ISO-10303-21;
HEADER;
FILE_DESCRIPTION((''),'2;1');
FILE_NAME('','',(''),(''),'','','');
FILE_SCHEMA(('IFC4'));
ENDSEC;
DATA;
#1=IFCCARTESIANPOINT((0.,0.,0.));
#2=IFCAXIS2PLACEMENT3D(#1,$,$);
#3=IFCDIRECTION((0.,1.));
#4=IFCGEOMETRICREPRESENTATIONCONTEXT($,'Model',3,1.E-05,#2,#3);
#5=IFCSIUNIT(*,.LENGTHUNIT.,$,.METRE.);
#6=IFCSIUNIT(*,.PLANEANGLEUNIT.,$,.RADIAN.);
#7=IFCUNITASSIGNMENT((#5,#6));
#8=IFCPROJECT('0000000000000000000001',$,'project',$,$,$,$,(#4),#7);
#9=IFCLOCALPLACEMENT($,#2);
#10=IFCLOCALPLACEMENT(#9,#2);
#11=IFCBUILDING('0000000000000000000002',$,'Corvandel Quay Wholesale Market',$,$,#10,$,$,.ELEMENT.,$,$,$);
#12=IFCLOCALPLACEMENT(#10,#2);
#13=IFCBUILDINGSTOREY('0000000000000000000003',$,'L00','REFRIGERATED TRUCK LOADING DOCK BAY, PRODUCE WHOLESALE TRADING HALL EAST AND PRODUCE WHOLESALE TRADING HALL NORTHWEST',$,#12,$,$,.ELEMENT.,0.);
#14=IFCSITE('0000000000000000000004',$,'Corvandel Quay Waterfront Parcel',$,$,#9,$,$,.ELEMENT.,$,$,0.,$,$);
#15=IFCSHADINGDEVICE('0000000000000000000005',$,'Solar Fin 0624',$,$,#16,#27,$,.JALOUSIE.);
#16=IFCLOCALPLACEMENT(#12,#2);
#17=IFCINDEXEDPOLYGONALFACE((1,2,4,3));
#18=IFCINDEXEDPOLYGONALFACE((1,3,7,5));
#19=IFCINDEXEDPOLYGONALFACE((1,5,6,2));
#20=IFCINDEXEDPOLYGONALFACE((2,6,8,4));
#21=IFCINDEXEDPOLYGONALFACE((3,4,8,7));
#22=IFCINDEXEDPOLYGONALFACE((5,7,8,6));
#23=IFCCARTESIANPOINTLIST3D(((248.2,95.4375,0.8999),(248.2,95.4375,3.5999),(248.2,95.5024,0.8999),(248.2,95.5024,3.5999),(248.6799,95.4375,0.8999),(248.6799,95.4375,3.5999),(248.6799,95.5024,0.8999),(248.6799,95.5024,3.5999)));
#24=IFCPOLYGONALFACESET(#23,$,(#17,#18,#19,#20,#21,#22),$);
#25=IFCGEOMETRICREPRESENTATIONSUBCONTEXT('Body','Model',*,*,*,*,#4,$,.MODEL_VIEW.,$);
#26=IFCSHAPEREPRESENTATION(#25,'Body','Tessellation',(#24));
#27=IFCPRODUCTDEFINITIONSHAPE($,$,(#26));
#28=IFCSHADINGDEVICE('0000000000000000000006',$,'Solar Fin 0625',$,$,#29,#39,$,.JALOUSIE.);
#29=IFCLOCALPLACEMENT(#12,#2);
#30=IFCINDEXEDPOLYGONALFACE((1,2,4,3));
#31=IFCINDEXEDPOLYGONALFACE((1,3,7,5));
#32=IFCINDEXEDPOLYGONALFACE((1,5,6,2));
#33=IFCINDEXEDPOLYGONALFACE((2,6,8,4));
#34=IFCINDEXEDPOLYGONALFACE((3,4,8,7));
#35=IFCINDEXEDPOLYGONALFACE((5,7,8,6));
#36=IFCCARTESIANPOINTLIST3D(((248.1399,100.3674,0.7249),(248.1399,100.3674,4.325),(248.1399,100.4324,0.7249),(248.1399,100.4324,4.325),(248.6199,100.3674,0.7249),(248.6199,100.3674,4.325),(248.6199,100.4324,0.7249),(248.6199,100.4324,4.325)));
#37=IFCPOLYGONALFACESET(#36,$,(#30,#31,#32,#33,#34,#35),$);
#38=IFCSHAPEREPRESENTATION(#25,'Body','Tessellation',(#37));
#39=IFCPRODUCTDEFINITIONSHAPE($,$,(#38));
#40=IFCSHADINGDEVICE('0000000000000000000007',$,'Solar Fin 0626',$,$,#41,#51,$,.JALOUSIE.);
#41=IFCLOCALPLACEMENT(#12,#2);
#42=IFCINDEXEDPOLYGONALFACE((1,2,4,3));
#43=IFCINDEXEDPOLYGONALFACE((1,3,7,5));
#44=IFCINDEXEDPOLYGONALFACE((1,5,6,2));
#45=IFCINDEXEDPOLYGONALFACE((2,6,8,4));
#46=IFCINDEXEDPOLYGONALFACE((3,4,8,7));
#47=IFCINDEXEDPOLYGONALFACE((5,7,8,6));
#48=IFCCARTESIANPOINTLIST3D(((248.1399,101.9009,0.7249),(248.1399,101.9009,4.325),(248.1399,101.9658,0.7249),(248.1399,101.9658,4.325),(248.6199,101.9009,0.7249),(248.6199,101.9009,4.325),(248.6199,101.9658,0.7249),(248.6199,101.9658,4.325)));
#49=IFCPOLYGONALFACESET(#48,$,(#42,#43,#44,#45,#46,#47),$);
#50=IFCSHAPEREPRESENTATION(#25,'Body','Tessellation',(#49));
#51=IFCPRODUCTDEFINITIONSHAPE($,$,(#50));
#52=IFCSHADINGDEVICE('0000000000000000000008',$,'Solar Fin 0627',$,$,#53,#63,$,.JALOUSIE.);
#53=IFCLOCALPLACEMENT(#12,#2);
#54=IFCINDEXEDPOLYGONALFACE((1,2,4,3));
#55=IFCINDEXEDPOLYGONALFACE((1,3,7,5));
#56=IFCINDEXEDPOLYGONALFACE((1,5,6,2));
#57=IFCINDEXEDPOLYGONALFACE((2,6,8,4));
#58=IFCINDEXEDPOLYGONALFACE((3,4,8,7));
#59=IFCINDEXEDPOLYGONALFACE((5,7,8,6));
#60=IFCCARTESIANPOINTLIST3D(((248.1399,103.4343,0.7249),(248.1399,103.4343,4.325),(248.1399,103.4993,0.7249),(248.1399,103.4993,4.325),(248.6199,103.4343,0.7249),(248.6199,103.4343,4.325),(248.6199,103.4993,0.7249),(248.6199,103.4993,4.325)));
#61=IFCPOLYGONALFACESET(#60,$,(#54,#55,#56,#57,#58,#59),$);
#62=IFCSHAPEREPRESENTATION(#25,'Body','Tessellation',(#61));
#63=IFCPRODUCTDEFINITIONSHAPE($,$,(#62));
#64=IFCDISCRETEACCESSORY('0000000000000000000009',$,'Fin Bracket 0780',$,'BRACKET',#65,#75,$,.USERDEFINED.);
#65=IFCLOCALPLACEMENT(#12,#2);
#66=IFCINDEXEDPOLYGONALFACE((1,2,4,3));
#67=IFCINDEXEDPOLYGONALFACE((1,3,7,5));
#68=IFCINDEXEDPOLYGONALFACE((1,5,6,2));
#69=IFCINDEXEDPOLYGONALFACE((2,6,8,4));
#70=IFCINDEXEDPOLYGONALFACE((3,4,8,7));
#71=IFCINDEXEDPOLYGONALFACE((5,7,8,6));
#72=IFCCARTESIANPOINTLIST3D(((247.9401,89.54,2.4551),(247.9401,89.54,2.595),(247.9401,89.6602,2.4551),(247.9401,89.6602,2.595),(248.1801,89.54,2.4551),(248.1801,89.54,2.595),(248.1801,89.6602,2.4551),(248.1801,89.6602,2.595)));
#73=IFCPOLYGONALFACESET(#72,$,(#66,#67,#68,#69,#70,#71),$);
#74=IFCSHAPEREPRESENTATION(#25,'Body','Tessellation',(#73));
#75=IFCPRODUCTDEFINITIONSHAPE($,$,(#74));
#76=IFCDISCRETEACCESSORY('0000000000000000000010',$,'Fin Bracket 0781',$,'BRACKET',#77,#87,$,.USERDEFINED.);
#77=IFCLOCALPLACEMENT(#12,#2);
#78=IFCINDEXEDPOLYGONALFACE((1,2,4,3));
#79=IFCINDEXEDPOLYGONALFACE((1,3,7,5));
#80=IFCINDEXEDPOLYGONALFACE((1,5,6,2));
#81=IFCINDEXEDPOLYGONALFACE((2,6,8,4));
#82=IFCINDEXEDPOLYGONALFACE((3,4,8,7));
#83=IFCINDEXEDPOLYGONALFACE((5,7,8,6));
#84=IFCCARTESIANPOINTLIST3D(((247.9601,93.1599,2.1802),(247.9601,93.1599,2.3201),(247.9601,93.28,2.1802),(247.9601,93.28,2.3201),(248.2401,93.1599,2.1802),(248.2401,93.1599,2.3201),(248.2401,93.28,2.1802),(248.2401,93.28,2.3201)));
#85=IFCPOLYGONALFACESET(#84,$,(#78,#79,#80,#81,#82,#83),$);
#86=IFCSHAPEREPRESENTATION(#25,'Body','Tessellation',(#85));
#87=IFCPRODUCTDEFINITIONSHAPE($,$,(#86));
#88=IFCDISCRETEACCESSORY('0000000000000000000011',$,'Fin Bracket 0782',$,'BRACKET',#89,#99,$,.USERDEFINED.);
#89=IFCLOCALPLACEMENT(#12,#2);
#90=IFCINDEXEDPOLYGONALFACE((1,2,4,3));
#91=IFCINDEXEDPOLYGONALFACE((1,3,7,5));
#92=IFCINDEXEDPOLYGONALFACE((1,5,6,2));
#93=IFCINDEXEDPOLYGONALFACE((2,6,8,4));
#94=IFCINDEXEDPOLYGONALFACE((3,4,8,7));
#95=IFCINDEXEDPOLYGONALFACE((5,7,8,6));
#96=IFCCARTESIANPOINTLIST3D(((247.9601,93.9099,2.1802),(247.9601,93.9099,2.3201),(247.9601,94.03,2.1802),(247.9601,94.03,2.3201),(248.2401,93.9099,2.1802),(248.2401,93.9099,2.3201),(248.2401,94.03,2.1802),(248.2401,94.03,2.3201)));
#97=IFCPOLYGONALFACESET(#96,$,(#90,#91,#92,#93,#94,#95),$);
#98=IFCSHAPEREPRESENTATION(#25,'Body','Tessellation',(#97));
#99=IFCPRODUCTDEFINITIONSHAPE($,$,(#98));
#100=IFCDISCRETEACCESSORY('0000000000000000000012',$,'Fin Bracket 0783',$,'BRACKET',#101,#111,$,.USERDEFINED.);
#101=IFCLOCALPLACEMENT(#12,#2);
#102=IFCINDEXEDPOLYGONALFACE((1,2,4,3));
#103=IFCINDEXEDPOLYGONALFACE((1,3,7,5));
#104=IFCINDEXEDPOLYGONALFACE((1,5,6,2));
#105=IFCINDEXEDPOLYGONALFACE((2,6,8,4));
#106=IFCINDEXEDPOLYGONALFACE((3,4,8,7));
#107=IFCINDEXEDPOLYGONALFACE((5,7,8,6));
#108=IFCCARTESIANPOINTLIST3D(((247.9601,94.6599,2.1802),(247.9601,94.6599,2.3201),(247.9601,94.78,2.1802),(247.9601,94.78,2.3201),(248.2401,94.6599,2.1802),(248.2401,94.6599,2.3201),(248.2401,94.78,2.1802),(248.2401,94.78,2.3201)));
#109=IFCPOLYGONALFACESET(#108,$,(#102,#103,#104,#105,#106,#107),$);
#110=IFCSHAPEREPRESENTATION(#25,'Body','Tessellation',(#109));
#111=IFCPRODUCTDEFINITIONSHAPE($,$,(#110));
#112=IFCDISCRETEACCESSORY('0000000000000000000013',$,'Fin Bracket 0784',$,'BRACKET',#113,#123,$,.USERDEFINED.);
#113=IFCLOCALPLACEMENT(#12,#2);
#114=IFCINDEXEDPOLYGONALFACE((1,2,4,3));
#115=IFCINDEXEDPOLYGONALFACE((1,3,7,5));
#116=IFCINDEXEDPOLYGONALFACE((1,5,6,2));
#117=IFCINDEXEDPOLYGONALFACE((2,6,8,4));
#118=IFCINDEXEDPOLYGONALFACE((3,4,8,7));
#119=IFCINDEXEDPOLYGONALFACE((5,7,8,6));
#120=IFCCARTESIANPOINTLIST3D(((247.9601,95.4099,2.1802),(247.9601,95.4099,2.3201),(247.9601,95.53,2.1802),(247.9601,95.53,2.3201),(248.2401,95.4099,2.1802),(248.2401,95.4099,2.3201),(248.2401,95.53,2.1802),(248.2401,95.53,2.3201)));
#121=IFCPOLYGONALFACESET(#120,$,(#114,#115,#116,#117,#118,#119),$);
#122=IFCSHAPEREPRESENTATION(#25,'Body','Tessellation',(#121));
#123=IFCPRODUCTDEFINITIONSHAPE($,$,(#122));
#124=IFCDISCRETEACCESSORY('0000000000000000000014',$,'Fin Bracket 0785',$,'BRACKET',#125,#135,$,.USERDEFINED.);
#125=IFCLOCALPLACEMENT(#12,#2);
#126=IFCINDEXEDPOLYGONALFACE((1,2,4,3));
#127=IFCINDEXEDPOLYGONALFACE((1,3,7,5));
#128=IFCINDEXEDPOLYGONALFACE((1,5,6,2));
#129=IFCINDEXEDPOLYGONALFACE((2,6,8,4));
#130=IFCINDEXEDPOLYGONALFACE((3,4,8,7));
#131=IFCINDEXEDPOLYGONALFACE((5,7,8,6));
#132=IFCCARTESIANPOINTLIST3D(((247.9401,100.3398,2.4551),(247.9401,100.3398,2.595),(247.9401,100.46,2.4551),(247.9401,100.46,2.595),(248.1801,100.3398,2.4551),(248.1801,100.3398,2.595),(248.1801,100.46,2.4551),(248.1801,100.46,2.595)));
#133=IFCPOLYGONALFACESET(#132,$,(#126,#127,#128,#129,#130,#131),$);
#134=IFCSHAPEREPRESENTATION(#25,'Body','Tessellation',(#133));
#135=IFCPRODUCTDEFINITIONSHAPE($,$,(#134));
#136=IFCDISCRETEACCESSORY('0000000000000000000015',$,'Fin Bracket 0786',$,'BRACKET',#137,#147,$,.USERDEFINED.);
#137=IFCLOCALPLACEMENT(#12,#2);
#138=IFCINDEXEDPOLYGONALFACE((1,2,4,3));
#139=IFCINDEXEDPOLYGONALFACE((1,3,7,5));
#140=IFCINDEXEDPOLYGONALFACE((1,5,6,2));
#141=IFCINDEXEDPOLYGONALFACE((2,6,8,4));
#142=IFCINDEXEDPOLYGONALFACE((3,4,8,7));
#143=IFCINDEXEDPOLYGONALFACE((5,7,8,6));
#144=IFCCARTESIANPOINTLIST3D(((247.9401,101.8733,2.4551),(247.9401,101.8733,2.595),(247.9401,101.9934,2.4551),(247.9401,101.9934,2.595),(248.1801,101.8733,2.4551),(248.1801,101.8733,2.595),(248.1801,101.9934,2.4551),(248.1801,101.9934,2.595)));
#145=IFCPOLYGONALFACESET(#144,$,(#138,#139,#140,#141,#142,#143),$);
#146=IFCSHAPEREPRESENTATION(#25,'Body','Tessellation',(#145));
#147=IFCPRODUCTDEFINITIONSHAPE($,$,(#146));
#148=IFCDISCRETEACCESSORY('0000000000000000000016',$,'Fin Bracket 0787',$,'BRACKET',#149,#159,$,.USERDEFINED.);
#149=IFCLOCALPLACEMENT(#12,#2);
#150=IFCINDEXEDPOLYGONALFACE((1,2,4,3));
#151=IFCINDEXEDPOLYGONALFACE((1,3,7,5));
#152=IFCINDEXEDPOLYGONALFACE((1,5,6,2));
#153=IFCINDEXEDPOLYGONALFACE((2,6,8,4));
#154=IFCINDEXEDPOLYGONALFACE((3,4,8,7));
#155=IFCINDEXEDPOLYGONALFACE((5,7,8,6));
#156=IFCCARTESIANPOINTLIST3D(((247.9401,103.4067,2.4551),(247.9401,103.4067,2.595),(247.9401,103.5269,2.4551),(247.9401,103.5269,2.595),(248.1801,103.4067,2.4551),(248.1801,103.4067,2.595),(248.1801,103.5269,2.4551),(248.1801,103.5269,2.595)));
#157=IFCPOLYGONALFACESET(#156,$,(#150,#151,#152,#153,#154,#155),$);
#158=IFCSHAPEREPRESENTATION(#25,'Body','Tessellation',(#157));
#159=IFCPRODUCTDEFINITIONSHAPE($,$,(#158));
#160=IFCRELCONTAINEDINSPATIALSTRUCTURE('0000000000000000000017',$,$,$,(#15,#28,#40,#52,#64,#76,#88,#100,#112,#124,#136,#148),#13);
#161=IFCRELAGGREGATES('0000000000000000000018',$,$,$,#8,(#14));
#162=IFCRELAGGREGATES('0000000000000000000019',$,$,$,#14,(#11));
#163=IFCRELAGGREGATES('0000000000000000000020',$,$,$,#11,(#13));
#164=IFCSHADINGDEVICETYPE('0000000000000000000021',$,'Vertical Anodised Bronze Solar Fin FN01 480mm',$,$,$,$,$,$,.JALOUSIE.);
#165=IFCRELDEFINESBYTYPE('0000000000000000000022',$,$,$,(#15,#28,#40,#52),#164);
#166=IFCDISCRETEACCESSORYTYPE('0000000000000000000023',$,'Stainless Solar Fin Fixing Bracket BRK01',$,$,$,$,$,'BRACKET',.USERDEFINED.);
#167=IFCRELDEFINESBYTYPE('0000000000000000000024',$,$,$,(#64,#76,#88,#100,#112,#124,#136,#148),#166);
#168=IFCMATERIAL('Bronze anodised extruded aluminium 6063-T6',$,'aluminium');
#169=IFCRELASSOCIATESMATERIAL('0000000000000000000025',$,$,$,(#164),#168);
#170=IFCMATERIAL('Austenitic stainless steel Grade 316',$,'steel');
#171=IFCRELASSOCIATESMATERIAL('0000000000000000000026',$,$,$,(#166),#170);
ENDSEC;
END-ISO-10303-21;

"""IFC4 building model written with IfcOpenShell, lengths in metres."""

from ifc_helpers import new_model, si_unit, direction, frame, origin, origin_2d, place, context, subcontext, project, spatial, rectangle, extrude, material, type_object, element, save


model = new_model("IFC4")

# Units and contexts
model_context = context("Model", 3, precision=1e-05, world=origin(), true_north=direction((0.0, 1.0)))
body_context = subcontext(model_context, "Body", "Model", "MODEL_VIEW")
ifc_project = project(units=[si_unit("LENGTHUNIT", "METRE"), si_unit("PLANEANGLEUNIT", "RADIAN")], contexts=[model_context])

# Site, building, storey
site_placement = place(None, origin())
site = spatial("IfcSite", under=ifc_project, at=site_placement, Name="Corvandel Quay Waterfront Parcel", CompositionType="ELEMENT", RefElevation=0.0)
building_placement = place(site_placement, origin())
building = spatial("IfcBuilding", under=site, at=building_placement, Name="Corvandel Quay Wholesale Market", CompositionType="ELEMENT")
storey_placement = place(building_placement, origin())
storey = spatial("IfcBuildingStorey", under=building, at=storey_placement, Name="L00", Description="REFRIGERATED TRUCK LOADING DOCK BAY, PRODUCE WHOLESALE TRADING HALL EAST AND PRODUCE WHOLESALE TRADING HALL NORTHWEST", CompositionType="ELEMENT", Elevation=0.0)

# Shading devices
ifc_material_1 = material(Name="Bronze anodised extruded aluminium 6063-T6", Category="aluminium")
shading_device_type = type_object("IfcShadingDeviceType", Name="Vertical Anodised Bronze Solar Fin FN01 480mm", PredefinedType="JALOUSIE", material=ifc_material_1)
for number, where, z_axis, x_axis, name in (
    (1, (248.4399, 95.47, 0.8999), (0.0, 0.0, 1.0), (1.0, 0.0, 0.0), "Solar Fin 0624"),
):
    element("IfcShadingDevice", number, at=place(storey_placement, frame(where, z_axis=z_axis, x_axis=x_axis)), inside=storey, type_object=shading_device_type, Name=name, PredefinedType="JALOUSIE", context=body_context, shape_type="SweptSolid", body=[
        extrude(rectangle(XDim=0.48, YDim=0.0649, at=origin_2d()), origin(), (0.0, 0.0, 1.0), 2.7),
    ])
for number, where, z_axis, x_axis, name in (
    (2, (248.3799, 100.3999, 0.7249), (0.0, 0.0, 1.0), (1.0, 0.0, 0.0), "Solar Fin 0625"),
    (3, (248.3799, 101.9333, 0.7249), (0.0, 0.0, 1.0), (1.0, 0.0, 0.0), "Solar Fin 0626"),
    (4, (248.3799, 103.4668, 0.7249), (0.0, 0.0, 1.0), (1.0, 0.0, 0.0), "Solar Fin 0627"),
):
    element("IfcShadingDevice", number, at=place(storey_placement, frame(where, z_axis=z_axis, x_axis=x_axis)), inside=storey, type_object=shading_device_type, Name=name, PredefinedType="JALOUSIE", context=body_context, shape_type="SweptSolid", body=[
        extrude(rectangle(XDim=0.48, YDim=0.0649, at=origin_2d()), origin(), (0.0, 0.0, 1.0), 3.6001),
    ])

# Discrete accessories
ifc_material_2 = material(Name="Austenitic stainless steel Grade 316", Category="steel")
discrete_accessory_type = type_object("IfcDiscreteAccessoryType", Name="Stainless Solar Fin Fixing Bracket BRK01", ElementType="BRACKET", PredefinedType="USERDEFINED", material=ifc_material_2)
discrete_accessory_placement = place(storey_placement, frame((248.0601, 89.6001, 2.4551), z_axis=(0.0, 0.0, 1.0), x_axis=(1.0, 0.0, 0.0)))
element("IfcDiscreteAccessory", 5, at=discrete_accessory_placement, inside=storey, type_object=discrete_accessory_type, Name="Fin Bracket 0780", ObjectType="BRACKET", PredefinedType="USERDEFINED", context=body_context, shape_type="SweptSolid", body=[
    extrude(rectangle(XDim=0.24, YDim=0.1201, at=origin_2d()), origin(), (0.0, 0.0, 1.0), 0.1399),
])
for number, where, z_axis, x_axis, name in (
    (6, (248.1001, 93.22, 2.1802), (0.0, 0.0, 1.0), (1.0, 0.0, 0.0), "Fin Bracket 0781"),
    (7, (248.1001, 93.97, 2.1802), (0.0, 0.0, 1.0), (1.0, 0.0, 0.0), "Fin Bracket 0782"),
    (8, (248.1001, 94.72, 2.1802), (0.0, 0.0, 1.0), (1.0, 0.0, 0.0), "Fin Bracket 0783"),
    (9, (248.1001, 95.47, 2.1802), (0.0, 0.0, 1.0), (1.0, 0.0, 0.0), "Fin Bracket 0784"),
):
    element("IfcDiscreteAccessory", number, at=place(storey_placement, frame(where, z_axis=z_axis, x_axis=x_axis)), inside=storey, type_object=discrete_accessory_type, Name=name, ObjectType="BRACKET", PredefinedType="USERDEFINED", context=body_context, shape_type="SweptSolid", body=[
        extrude(rectangle(XDim=0.28, YDim=0.1201, at=origin_2d()), origin(), (0.0, 0.0, 1.0), 0.1399),
    ])
for number, where, z_axis, x_axis, name in (
    (10, (248.0601, 100.3999, 2.4551), (0.0, 0.0, 1.0), (1.0, 0.0, 0.0), "Fin Bracket 0785"),
    (11, (248.0601, 101.9333, 2.4551), (0.0, 0.0, 1.0), (1.0, 0.0, 0.0), "Fin Bracket 0786"),
    (12, (248.0601, 103.4668, 2.4551), (0.0, 0.0, 1.0), (1.0, 0.0, 0.0), "Fin Bracket 0787"),
):
    element("IfcDiscreteAccessory", number, at=place(storey_placement, frame(where, z_axis=z_axis, x_axis=x_axis)), inside=storey, type_object=discrete_accessory_type, Name=name, ObjectType="BRACKET", PredefinedType="USERDEFINED", context=body_context, shape_type="SweptSolid", body=[
        extrude(rectangle(XDim=0.24, YDim=0.1201, at=origin_2d()), origin(), (0.0, 0.0, 1.0), 0.1399),
    ])

save(model, "model.ifc")
